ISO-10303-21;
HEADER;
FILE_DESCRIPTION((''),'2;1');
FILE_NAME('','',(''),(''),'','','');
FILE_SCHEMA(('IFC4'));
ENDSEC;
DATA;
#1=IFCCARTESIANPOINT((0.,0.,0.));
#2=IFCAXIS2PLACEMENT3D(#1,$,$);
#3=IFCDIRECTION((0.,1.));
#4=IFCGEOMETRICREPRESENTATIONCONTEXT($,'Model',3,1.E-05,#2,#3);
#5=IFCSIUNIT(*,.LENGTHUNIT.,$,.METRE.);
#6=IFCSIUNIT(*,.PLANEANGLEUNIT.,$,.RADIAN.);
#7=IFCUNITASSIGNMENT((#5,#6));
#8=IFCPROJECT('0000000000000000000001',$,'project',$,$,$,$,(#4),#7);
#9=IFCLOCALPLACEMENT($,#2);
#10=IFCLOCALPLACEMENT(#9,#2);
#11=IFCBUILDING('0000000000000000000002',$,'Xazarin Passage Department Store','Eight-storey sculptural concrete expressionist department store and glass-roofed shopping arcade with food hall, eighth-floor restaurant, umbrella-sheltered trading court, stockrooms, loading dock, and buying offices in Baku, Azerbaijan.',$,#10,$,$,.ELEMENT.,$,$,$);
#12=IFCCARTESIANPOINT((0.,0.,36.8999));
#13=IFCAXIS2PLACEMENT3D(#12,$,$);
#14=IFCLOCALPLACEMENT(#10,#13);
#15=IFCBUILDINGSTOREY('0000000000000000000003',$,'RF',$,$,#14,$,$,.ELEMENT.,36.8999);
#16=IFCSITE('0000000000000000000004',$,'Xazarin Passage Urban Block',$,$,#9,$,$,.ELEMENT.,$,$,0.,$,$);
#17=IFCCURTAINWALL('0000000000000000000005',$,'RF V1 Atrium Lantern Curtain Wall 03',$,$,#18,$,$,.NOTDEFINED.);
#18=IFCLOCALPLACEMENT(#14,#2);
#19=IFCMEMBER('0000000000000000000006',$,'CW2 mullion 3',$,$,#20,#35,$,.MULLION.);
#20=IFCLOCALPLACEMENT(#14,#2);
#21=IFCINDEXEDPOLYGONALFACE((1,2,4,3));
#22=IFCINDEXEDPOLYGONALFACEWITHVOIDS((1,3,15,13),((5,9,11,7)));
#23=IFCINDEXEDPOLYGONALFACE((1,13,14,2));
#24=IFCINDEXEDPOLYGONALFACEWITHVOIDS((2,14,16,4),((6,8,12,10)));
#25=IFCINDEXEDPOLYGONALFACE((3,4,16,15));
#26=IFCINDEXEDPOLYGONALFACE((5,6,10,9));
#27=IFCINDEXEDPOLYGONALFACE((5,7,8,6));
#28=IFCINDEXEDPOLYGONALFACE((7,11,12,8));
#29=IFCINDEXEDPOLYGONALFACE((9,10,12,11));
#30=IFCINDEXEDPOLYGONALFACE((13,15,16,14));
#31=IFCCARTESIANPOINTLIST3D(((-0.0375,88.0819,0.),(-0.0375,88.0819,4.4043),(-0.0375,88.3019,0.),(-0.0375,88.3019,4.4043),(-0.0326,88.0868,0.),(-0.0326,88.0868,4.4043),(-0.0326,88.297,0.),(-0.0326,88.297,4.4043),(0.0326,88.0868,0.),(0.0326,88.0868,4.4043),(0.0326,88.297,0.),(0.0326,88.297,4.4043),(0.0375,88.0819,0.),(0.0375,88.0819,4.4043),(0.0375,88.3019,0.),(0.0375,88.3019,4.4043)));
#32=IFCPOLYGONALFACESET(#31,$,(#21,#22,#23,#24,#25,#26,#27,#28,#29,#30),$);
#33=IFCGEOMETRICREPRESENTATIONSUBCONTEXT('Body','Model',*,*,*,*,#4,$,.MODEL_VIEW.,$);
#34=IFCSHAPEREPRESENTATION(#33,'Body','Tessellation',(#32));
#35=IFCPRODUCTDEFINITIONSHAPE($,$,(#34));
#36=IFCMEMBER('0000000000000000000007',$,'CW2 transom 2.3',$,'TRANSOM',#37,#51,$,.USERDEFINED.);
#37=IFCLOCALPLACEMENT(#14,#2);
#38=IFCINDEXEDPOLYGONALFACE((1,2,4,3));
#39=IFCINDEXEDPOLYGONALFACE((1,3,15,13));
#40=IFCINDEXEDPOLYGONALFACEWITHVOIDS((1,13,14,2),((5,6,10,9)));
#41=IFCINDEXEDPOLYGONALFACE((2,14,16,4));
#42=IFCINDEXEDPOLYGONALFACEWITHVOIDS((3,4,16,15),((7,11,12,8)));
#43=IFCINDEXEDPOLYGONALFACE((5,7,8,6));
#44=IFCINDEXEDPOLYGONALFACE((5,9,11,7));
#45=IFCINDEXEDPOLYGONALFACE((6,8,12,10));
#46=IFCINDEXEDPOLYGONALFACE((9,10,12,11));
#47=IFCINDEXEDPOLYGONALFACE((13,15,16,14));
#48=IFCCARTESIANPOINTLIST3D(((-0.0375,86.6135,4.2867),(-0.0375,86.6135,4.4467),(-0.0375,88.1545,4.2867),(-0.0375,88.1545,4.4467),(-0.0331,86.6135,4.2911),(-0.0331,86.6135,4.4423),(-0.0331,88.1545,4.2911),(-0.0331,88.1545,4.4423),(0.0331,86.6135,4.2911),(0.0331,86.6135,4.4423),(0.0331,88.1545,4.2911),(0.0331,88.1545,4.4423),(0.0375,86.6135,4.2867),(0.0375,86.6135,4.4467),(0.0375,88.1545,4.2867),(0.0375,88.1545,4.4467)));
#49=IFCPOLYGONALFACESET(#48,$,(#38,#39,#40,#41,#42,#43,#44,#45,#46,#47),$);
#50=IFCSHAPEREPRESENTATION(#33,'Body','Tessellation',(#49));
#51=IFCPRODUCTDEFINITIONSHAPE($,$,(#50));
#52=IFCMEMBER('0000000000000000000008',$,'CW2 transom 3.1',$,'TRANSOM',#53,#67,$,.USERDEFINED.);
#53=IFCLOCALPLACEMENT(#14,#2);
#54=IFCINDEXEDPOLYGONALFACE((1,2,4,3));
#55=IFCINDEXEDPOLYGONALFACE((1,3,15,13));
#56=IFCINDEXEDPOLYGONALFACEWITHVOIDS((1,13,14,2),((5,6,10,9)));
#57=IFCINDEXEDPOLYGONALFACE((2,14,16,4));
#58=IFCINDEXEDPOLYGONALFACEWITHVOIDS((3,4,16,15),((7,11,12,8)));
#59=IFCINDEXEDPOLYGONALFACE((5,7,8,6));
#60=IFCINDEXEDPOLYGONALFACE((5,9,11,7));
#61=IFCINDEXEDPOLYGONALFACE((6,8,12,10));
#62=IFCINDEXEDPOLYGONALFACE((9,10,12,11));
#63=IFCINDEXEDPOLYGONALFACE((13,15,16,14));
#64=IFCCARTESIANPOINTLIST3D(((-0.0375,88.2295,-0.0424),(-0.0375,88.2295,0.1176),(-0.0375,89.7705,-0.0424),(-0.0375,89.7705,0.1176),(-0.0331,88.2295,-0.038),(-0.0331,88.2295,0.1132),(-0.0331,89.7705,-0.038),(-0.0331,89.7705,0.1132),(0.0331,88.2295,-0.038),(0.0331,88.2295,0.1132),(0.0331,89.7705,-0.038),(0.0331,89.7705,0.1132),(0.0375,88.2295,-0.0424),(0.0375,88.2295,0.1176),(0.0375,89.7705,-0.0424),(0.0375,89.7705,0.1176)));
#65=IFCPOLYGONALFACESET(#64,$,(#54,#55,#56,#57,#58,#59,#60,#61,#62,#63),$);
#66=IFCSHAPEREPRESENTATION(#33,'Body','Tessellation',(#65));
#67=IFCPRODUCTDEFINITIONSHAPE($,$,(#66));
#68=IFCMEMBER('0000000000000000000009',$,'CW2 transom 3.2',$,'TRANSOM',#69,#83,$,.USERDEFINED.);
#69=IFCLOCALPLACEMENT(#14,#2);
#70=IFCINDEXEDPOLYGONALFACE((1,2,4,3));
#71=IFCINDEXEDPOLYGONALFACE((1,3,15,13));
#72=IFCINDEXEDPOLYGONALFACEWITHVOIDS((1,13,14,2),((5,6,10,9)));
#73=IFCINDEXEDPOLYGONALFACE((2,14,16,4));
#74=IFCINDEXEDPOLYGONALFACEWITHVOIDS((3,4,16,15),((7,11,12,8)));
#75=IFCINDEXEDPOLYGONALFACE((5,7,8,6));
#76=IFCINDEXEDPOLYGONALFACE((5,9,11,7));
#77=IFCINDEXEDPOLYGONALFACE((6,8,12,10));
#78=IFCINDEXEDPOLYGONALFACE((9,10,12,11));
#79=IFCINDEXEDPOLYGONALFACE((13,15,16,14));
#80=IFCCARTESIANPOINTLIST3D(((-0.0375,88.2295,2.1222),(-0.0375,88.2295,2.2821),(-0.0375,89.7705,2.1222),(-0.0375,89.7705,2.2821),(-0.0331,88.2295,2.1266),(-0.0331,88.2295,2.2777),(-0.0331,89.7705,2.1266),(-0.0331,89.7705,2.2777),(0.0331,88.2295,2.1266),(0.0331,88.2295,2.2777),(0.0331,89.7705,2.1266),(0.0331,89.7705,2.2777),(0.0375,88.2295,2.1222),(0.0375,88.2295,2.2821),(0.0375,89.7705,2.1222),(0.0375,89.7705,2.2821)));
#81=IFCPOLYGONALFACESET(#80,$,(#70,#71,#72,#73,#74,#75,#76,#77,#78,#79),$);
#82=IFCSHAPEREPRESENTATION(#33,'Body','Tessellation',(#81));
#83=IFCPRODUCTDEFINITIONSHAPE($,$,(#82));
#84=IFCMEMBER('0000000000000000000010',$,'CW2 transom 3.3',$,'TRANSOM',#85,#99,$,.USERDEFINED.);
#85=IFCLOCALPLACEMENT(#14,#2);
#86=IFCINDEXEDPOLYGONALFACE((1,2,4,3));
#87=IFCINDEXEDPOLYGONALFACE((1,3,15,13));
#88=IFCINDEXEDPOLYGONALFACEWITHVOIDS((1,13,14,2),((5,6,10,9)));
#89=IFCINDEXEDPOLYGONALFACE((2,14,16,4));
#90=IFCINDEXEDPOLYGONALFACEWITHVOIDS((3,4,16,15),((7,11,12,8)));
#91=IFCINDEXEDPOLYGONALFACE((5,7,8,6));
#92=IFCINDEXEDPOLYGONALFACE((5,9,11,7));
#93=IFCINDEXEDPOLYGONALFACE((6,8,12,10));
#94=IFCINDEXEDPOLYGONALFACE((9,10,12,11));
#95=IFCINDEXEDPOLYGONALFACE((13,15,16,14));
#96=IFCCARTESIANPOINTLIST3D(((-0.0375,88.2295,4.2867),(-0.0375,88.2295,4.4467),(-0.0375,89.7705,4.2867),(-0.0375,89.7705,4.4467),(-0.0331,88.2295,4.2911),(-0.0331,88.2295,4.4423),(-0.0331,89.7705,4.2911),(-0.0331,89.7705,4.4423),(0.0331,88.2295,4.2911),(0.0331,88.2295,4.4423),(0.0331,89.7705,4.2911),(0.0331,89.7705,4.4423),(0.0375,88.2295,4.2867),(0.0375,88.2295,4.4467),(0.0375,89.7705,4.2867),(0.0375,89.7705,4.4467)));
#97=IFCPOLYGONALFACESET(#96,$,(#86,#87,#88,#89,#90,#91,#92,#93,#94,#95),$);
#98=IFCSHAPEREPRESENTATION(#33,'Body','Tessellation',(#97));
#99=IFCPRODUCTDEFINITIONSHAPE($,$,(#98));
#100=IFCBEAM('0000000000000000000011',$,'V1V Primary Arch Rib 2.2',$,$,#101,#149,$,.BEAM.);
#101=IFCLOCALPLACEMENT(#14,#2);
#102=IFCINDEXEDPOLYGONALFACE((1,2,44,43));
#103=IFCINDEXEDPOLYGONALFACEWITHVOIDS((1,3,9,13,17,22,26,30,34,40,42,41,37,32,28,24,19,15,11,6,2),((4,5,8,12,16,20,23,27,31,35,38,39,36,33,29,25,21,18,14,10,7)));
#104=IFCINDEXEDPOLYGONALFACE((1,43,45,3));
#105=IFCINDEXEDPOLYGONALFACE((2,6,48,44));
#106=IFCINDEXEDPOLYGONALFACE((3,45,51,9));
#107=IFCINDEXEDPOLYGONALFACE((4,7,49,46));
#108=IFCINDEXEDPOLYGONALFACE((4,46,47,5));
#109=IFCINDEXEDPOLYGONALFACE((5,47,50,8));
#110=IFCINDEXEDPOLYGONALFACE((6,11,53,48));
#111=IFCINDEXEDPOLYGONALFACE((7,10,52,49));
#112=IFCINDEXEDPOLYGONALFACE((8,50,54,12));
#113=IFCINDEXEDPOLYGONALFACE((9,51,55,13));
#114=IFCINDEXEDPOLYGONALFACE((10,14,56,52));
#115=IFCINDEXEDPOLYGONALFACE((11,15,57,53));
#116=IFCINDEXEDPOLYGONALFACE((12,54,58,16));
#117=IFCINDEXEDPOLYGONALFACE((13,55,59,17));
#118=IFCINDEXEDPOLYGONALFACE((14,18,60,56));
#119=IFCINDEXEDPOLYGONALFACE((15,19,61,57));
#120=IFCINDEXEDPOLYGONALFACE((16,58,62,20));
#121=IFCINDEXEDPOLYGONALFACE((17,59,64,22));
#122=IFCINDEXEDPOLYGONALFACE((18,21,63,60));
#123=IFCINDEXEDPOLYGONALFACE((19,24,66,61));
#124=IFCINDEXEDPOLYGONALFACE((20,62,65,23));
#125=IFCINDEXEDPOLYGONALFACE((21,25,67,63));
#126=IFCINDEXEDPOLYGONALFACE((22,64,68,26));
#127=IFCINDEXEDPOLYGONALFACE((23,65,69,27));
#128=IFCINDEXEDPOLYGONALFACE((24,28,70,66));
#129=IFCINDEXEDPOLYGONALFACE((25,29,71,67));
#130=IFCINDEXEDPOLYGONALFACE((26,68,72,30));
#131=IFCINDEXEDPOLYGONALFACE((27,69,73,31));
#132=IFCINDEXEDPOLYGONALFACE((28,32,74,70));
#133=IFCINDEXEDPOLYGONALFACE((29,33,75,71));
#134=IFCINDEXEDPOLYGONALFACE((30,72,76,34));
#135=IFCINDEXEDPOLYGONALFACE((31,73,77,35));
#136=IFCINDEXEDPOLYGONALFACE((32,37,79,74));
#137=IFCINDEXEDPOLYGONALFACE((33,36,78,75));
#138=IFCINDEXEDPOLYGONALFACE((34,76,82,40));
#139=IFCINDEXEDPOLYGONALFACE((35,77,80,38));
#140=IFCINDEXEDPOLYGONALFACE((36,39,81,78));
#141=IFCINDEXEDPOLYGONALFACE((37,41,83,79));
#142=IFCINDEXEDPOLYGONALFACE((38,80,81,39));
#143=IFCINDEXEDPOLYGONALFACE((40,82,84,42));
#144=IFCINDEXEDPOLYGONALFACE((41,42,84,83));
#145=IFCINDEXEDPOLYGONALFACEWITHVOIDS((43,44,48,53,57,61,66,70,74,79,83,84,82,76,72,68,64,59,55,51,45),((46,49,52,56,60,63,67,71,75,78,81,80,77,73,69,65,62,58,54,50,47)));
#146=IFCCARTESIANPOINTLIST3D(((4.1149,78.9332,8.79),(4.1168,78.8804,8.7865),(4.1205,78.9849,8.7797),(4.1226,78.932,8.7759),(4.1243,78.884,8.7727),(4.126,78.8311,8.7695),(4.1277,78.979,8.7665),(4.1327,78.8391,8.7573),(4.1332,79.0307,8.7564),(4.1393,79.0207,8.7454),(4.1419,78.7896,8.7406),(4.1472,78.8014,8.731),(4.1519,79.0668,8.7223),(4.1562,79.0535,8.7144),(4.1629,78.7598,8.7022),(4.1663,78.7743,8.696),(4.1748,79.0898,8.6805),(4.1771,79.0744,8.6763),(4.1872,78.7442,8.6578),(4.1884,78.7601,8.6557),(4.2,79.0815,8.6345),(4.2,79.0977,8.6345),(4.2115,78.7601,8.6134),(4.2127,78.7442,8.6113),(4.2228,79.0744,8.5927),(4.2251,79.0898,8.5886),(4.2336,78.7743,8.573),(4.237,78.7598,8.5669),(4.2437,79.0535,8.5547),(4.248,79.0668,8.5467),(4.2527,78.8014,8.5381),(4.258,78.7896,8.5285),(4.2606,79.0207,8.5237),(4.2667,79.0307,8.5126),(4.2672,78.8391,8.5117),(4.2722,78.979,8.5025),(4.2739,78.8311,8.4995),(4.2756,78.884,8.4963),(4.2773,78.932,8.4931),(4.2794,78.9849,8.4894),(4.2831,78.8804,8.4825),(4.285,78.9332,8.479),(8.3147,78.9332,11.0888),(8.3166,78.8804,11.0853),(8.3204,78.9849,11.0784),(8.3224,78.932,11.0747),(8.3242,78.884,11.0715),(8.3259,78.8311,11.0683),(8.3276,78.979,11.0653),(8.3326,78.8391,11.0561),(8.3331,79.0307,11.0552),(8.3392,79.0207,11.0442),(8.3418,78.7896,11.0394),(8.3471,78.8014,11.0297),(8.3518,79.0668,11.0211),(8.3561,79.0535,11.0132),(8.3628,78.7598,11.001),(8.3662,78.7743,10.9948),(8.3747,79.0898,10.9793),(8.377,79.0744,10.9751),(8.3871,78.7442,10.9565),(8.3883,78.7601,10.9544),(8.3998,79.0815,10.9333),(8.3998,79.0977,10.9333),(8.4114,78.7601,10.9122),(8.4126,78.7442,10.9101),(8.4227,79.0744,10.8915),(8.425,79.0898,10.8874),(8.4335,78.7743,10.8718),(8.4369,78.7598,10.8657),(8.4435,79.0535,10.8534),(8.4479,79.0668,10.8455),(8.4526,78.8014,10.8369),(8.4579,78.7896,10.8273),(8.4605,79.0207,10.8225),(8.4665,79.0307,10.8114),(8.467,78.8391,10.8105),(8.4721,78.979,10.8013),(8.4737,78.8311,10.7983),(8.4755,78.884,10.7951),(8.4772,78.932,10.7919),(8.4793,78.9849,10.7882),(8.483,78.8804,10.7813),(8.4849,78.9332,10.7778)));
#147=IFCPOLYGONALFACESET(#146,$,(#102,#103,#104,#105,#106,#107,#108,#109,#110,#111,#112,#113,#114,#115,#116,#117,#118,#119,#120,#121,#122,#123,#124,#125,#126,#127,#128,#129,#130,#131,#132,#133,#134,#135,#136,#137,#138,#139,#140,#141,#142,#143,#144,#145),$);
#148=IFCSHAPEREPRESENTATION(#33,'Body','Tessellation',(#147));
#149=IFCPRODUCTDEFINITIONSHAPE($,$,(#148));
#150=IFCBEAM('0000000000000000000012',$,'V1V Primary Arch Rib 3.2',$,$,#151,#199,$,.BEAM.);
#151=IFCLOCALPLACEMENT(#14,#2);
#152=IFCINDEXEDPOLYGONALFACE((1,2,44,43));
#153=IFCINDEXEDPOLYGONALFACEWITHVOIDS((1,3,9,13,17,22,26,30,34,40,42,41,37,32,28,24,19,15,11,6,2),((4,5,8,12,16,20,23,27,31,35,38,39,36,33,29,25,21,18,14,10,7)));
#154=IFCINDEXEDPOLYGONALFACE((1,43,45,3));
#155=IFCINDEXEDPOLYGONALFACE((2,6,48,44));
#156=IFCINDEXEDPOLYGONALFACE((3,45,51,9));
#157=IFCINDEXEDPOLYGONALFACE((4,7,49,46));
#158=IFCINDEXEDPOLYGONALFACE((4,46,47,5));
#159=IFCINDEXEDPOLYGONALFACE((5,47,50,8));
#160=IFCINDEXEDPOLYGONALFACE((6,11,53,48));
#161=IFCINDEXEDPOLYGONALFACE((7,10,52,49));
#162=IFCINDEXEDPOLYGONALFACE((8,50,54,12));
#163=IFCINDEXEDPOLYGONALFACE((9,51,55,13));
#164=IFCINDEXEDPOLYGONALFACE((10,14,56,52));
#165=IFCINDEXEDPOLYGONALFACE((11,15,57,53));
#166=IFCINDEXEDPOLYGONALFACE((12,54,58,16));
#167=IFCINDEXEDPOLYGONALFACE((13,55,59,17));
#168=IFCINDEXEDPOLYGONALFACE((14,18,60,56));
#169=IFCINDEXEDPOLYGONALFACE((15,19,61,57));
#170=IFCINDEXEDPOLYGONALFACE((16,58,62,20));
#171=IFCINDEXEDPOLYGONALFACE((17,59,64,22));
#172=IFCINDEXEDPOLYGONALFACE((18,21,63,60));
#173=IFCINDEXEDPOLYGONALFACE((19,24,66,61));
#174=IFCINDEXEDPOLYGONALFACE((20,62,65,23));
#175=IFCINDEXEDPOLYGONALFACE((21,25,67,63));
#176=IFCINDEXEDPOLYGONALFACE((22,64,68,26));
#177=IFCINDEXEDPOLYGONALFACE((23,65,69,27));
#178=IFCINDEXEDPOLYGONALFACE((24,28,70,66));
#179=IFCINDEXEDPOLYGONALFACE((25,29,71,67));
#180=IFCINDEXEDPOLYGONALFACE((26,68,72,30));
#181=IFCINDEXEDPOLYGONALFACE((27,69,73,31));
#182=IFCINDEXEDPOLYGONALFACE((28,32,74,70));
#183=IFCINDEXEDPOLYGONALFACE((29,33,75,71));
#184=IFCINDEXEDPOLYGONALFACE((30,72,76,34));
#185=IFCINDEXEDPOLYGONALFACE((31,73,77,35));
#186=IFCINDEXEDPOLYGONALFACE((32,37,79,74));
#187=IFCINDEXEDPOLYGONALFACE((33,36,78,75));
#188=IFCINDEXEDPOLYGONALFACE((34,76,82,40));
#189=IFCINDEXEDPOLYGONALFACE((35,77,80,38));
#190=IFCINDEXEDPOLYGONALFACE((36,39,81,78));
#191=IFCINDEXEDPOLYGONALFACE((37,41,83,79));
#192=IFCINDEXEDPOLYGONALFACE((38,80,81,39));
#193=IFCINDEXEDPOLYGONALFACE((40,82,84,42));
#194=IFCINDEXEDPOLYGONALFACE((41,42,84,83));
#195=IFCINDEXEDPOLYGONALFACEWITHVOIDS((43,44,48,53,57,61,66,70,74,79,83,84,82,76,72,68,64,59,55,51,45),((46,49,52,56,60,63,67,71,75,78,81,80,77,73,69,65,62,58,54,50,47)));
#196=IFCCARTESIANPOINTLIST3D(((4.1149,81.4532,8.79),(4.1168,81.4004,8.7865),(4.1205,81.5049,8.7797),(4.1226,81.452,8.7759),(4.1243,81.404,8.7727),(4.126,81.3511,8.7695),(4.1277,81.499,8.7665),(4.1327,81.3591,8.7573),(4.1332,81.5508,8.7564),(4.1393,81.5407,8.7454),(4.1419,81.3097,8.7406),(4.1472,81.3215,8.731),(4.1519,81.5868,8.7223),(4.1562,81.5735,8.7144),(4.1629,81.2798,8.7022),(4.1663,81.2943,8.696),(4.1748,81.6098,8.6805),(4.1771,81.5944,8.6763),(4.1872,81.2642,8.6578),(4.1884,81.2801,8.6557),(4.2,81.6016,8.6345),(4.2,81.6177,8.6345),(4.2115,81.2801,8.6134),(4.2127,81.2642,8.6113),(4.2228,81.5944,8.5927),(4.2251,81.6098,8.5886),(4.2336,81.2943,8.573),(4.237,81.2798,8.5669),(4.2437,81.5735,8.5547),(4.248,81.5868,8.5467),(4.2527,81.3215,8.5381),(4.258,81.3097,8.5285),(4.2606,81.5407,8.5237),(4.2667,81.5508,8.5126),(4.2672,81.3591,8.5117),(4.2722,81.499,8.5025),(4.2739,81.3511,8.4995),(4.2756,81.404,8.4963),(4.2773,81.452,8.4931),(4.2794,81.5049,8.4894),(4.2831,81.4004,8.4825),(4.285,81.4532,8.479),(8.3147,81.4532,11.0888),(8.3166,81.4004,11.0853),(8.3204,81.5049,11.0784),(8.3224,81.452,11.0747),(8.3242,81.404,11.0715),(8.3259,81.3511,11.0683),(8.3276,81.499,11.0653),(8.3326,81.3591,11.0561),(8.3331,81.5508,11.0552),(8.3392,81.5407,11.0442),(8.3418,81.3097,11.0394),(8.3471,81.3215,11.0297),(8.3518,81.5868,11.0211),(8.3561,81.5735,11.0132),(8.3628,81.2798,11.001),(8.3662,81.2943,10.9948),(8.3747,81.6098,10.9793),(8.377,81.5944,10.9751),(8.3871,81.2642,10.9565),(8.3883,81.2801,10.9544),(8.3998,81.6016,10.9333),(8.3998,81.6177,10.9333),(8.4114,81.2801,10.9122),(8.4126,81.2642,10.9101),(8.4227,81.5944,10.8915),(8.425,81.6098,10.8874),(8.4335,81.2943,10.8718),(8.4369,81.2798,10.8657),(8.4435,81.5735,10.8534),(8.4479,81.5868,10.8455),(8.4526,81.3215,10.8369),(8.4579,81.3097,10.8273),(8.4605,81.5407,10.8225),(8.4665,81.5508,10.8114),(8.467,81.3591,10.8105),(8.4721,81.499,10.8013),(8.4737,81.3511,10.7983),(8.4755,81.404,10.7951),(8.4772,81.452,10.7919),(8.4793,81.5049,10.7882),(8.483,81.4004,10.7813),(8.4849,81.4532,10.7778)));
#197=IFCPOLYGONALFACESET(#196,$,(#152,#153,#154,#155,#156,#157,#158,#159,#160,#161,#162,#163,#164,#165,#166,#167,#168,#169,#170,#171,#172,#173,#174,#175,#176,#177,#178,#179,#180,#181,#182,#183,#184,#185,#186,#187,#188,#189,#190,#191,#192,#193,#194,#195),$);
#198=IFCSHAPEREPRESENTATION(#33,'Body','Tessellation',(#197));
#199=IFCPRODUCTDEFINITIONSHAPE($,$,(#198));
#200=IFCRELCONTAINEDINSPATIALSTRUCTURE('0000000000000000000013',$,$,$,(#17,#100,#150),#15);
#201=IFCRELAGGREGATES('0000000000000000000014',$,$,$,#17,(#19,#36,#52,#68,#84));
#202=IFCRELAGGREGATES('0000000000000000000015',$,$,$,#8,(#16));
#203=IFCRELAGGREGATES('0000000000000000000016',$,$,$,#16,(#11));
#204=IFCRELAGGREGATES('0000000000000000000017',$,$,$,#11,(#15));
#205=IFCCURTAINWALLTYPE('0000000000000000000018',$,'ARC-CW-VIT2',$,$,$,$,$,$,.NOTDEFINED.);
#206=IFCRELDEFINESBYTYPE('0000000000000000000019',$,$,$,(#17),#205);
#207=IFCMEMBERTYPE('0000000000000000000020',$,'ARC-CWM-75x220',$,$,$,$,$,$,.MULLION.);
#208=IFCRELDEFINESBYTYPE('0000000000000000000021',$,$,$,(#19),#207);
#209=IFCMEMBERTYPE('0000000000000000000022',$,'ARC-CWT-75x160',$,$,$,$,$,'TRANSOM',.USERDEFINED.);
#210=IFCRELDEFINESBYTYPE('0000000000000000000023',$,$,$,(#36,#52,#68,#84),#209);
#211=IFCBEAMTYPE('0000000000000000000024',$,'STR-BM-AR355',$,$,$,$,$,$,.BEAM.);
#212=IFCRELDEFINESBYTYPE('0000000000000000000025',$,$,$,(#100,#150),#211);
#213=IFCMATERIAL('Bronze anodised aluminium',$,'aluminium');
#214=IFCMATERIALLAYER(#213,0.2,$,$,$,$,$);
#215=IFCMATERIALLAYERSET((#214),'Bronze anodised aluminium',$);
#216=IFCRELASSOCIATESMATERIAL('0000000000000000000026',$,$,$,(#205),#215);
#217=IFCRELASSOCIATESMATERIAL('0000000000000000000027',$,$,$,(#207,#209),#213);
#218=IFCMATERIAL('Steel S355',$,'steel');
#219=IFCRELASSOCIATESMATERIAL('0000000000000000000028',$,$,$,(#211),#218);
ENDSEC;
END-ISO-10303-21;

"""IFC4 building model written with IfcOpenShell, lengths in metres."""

from ifc_helpers import new_model, si_unit, direction, frame, origin, origin_2d, place, context, subcontext, project, spatial, hollow_rectangle, hollow_circle, extrude, material, layer, layer_set, material_profile, profile_set, type_object, element, aggregate, save


model = new_model("IFC4")

# Units and contexts
model_context = context("Model", 3, precision=1e-05, world=origin(), true_north=direction((0.0, 1.0)))
body_context = subcontext(model_context, "Body", "Model", "MODEL_VIEW")
ifc_project = project(units=[si_unit("LENGTHUNIT", "METRE"), si_unit("PLANEANGLEUNIT", "RADIAN")], contexts=[model_context])

# Site, building, storey
site_placement = place(None, origin())
site = spatial("IfcSite", under=ifc_project, at=site_placement, Name="Xazarin Passage Urban Block", CompositionType="ELEMENT", RefElevation=0.0)
building_placement = place(site_placement, origin())
building = spatial("IfcBuilding", under=site, at=building_placement, Name="Xazarin Passage Department Store", Description="Eight-storey sculptural concrete expressionist department store and glass-roofed shopping arcade with food hall, eighth-floor restaurant, umbrella-sheltered trading court, stockrooms, loading dock, and buying offices in Baku, Azerbaijan.", CompositionType="ELEMENT")
storey_placement = place(building_placement, frame((0.0, 0.0, 36.8999)))
storey = spatial("IfcBuildingStorey", under=building, at=storey_placement, Name="RF", CompositionType="ELEMENT", Elevation=36.8999)

# Curtain wall, members
ifc_material_1 = material(Name="Bronze anodised aluminium", Category="aluminium")
ifc_layer_1 = layer(ifc_material_1, 0.2)
ifc_layer_set_1 = layer_set([ifc_layer_1], Name="Bronze anodised aluminium")
curtain_wall_type = type_object("IfcCurtainWallType", Name="ARC-CW-VIT2", PredefinedType="NOTDEFINED", material=ifc_layer_set_1)
curtain_wall_placement = place(storey_placement, origin())
curtain_wall = element("IfcCurtainWall", 1, at=curtain_wall_placement, inside=storey, type_object=curtain_wall_type, Name="RF V1 Atrium Lantern Curtain Wall 03", PredefinedType="NOTDEFINED")
ifc_material_profile_1 = material_profile(ifc_material_1, hollow_rectangle(XDim=0.075, YDim=0.22, WallThickness=0.0049, at=origin_2d()), Name="ALU 75x220")
ifc_profile_set_1 = profile_set([ifc_material_profile_1], Name="Bronze anodised aluminium")
member_type_1 = type_object("IfcMemberType", Name="ARC-CWM-75x220", PredefinedType="MULLION", material=ifc_profile_set_1)
member_1_placement = place(storey_placement, frame((0.0, 88.1919, 0.0), z_axis=(0.0, 0.0, 1.0), x_axis=(-1.0, 0.0, 0.0)))
member_1 = element("IfcMember", 2, at=member_1_placement, type_object=member_type_1, Name="CW2 mullion 3", PredefinedType="MULLION", context=body_context, shape_type="SweptSolid", body=[
    extrude(hollow_rectangle(XDim=0.075, YDim=0.22, WallThickness=0.0049, at=origin_2d()), origin(), (0.0, 0.0, 1.0), 4.4043),
])
ifc_material_profile_2 = material_profile(ifc_material_1, hollow_rectangle(XDim=0.075, YDim=0.1599, WallThickness=0.0044, at=origin_2d()), Name="ALU 75x160")
ifc_profile_set_2 = profile_set([ifc_material_profile_2], Name="Bronze anodised aluminium")
member_type_2 = type_object("IfcMemberType", Name="ARC-CWT-75x160", ElementType="TRANSOM", PredefinedType="USERDEFINED", material=ifc_profile_set_2)
member_2_placement = place(storey_placement, frame((0.0, 86.6135, 4.3667), z_axis=(0.0, 1.0, 0.0), x_axis=(-1.0, 0.0, 0.0)))
member_2 = element("IfcMember", 3, at=member_2_placement, type_object=member_type_2, Name="CW2 transom 2.3", ObjectType="TRANSOM", PredefinedType="USERDEFINED", context=body_context, shape_type="SweptSolid", body=[
    extrude(hollow_rectangle(XDim=0.075, YDim=0.1599, WallThickness=0.0044, at=origin_2d()), origin(), (0.0, 0.0, 1.0), 1.541),
])
member_3_placement = place(storey_placement, frame((0.0, 88.2295, 0.0376), z_axis=(0.0, 1.0, 0.0), x_axis=(-1.0, 0.0, 0.0)))
member_3 = element("IfcMember", 4, at=member_3_placement, type_object=member_type_2, Name="CW2 transom 3.1", ObjectType="TRANSOM", PredefinedType="USERDEFINED", context=body_context, shape_type="SweptSolid", body=[
    extrude(hollow_rectangle(XDim=0.075, YDim=0.1599, WallThickness=0.0044, at=origin_2d()), origin(), (0.0, 0.0, 1.0), 1.541),
])
member_4_placement = place(storey_placement, frame((0.0, 88.2295, 2.2021), z_axis=(0.0, 1.0, 0.0), x_axis=(-1.0, 0.0, 0.0)))
member_4 = element("IfcMember", 5, at=member_4_placement, type_object=member_type_2, Name="CW2 transom 3.2", ObjectType="TRANSOM", PredefinedType="USERDEFINED", context=body_context, shape_type="SweptSolid", body=[
    extrude(hollow_rectangle(XDim=0.075, YDim=0.1599, WallThickness=0.0044, at=origin_2d()), origin(), (0.0, 0.0, 1.0), 1.541),
])
member_5_placement = place(storey_placement, frame((0.0, 88.2295, 4.3667), z_axis=(0.0, 1.0, 0.0), x_axis=(-1.0, 0.0, 0.0)))
member_5 = element("IfcMember", 6, at=member_5_placement, type_object=member_type_2, Name="CW2 transom 3.3", ObjectType="TRANSOM", PredefinedType="USERDEFINED", context=body_context, shape_type="SweptSolid", body=[
    extrude(hollow_rectangle(XDim=0.075, YDim=0.1599, WallThickness=0.0044, at=origin_2d()), origin(), (0.0, 0.0, 1.0), 1.541),
])

# Beams
ifc_material_2 = material(Name="Steel S355", Category="steel")
ifc_material_profile_3 = material_profile(ifc_material_2, hollow_circle(Radius=0.1777, WallThickness=0.0161, at=origin_2d()), Name="CHS 355.6x16")
ifc_profile_set_3 = profile_set([ifc_material_profile_3], Name="Steel S355")
beam_type_1 = type_object("IfcBeamType", Name="STR-BM-AR355", PredefinedType="BEAM", material=ifc_profile_set_3)
for number, where, z_axis, x_axis, name in (
    (7, (4.2, 78.9199, 8.6345), (0.877197, 0.0, 0.480131), (0.0, 1.0, 0.0), "V1V Primary Arch Rib 2.2"),
    (8, (4.2, 81.4399, 8.6345), (0.877197, 0.0, 0.480131), (0.0, 1.0, 0.0), "V1V Primary Arch Rib 3.2"),
):
    element("IfcBeam", number, at=place(storey_placement, frame(where, z_axis=z_axis, x_axis=x_axis)), inside=storey, type_object=beam_type_1, Name=name, PredefinedType="BEAM", context=body_context, shape_type="SweptSolid", body=[
        extrude(hollow_circle(Radius=0.1777, WallThickness=0.0161, at=origin_2d()), origin(), (0.0, 0.0, 1.0), 4.7878),
    ])

aggregate(curtain_wall, [member_1, member_2, member_3, member_4, member_5])

save(model, "model.ifc")
